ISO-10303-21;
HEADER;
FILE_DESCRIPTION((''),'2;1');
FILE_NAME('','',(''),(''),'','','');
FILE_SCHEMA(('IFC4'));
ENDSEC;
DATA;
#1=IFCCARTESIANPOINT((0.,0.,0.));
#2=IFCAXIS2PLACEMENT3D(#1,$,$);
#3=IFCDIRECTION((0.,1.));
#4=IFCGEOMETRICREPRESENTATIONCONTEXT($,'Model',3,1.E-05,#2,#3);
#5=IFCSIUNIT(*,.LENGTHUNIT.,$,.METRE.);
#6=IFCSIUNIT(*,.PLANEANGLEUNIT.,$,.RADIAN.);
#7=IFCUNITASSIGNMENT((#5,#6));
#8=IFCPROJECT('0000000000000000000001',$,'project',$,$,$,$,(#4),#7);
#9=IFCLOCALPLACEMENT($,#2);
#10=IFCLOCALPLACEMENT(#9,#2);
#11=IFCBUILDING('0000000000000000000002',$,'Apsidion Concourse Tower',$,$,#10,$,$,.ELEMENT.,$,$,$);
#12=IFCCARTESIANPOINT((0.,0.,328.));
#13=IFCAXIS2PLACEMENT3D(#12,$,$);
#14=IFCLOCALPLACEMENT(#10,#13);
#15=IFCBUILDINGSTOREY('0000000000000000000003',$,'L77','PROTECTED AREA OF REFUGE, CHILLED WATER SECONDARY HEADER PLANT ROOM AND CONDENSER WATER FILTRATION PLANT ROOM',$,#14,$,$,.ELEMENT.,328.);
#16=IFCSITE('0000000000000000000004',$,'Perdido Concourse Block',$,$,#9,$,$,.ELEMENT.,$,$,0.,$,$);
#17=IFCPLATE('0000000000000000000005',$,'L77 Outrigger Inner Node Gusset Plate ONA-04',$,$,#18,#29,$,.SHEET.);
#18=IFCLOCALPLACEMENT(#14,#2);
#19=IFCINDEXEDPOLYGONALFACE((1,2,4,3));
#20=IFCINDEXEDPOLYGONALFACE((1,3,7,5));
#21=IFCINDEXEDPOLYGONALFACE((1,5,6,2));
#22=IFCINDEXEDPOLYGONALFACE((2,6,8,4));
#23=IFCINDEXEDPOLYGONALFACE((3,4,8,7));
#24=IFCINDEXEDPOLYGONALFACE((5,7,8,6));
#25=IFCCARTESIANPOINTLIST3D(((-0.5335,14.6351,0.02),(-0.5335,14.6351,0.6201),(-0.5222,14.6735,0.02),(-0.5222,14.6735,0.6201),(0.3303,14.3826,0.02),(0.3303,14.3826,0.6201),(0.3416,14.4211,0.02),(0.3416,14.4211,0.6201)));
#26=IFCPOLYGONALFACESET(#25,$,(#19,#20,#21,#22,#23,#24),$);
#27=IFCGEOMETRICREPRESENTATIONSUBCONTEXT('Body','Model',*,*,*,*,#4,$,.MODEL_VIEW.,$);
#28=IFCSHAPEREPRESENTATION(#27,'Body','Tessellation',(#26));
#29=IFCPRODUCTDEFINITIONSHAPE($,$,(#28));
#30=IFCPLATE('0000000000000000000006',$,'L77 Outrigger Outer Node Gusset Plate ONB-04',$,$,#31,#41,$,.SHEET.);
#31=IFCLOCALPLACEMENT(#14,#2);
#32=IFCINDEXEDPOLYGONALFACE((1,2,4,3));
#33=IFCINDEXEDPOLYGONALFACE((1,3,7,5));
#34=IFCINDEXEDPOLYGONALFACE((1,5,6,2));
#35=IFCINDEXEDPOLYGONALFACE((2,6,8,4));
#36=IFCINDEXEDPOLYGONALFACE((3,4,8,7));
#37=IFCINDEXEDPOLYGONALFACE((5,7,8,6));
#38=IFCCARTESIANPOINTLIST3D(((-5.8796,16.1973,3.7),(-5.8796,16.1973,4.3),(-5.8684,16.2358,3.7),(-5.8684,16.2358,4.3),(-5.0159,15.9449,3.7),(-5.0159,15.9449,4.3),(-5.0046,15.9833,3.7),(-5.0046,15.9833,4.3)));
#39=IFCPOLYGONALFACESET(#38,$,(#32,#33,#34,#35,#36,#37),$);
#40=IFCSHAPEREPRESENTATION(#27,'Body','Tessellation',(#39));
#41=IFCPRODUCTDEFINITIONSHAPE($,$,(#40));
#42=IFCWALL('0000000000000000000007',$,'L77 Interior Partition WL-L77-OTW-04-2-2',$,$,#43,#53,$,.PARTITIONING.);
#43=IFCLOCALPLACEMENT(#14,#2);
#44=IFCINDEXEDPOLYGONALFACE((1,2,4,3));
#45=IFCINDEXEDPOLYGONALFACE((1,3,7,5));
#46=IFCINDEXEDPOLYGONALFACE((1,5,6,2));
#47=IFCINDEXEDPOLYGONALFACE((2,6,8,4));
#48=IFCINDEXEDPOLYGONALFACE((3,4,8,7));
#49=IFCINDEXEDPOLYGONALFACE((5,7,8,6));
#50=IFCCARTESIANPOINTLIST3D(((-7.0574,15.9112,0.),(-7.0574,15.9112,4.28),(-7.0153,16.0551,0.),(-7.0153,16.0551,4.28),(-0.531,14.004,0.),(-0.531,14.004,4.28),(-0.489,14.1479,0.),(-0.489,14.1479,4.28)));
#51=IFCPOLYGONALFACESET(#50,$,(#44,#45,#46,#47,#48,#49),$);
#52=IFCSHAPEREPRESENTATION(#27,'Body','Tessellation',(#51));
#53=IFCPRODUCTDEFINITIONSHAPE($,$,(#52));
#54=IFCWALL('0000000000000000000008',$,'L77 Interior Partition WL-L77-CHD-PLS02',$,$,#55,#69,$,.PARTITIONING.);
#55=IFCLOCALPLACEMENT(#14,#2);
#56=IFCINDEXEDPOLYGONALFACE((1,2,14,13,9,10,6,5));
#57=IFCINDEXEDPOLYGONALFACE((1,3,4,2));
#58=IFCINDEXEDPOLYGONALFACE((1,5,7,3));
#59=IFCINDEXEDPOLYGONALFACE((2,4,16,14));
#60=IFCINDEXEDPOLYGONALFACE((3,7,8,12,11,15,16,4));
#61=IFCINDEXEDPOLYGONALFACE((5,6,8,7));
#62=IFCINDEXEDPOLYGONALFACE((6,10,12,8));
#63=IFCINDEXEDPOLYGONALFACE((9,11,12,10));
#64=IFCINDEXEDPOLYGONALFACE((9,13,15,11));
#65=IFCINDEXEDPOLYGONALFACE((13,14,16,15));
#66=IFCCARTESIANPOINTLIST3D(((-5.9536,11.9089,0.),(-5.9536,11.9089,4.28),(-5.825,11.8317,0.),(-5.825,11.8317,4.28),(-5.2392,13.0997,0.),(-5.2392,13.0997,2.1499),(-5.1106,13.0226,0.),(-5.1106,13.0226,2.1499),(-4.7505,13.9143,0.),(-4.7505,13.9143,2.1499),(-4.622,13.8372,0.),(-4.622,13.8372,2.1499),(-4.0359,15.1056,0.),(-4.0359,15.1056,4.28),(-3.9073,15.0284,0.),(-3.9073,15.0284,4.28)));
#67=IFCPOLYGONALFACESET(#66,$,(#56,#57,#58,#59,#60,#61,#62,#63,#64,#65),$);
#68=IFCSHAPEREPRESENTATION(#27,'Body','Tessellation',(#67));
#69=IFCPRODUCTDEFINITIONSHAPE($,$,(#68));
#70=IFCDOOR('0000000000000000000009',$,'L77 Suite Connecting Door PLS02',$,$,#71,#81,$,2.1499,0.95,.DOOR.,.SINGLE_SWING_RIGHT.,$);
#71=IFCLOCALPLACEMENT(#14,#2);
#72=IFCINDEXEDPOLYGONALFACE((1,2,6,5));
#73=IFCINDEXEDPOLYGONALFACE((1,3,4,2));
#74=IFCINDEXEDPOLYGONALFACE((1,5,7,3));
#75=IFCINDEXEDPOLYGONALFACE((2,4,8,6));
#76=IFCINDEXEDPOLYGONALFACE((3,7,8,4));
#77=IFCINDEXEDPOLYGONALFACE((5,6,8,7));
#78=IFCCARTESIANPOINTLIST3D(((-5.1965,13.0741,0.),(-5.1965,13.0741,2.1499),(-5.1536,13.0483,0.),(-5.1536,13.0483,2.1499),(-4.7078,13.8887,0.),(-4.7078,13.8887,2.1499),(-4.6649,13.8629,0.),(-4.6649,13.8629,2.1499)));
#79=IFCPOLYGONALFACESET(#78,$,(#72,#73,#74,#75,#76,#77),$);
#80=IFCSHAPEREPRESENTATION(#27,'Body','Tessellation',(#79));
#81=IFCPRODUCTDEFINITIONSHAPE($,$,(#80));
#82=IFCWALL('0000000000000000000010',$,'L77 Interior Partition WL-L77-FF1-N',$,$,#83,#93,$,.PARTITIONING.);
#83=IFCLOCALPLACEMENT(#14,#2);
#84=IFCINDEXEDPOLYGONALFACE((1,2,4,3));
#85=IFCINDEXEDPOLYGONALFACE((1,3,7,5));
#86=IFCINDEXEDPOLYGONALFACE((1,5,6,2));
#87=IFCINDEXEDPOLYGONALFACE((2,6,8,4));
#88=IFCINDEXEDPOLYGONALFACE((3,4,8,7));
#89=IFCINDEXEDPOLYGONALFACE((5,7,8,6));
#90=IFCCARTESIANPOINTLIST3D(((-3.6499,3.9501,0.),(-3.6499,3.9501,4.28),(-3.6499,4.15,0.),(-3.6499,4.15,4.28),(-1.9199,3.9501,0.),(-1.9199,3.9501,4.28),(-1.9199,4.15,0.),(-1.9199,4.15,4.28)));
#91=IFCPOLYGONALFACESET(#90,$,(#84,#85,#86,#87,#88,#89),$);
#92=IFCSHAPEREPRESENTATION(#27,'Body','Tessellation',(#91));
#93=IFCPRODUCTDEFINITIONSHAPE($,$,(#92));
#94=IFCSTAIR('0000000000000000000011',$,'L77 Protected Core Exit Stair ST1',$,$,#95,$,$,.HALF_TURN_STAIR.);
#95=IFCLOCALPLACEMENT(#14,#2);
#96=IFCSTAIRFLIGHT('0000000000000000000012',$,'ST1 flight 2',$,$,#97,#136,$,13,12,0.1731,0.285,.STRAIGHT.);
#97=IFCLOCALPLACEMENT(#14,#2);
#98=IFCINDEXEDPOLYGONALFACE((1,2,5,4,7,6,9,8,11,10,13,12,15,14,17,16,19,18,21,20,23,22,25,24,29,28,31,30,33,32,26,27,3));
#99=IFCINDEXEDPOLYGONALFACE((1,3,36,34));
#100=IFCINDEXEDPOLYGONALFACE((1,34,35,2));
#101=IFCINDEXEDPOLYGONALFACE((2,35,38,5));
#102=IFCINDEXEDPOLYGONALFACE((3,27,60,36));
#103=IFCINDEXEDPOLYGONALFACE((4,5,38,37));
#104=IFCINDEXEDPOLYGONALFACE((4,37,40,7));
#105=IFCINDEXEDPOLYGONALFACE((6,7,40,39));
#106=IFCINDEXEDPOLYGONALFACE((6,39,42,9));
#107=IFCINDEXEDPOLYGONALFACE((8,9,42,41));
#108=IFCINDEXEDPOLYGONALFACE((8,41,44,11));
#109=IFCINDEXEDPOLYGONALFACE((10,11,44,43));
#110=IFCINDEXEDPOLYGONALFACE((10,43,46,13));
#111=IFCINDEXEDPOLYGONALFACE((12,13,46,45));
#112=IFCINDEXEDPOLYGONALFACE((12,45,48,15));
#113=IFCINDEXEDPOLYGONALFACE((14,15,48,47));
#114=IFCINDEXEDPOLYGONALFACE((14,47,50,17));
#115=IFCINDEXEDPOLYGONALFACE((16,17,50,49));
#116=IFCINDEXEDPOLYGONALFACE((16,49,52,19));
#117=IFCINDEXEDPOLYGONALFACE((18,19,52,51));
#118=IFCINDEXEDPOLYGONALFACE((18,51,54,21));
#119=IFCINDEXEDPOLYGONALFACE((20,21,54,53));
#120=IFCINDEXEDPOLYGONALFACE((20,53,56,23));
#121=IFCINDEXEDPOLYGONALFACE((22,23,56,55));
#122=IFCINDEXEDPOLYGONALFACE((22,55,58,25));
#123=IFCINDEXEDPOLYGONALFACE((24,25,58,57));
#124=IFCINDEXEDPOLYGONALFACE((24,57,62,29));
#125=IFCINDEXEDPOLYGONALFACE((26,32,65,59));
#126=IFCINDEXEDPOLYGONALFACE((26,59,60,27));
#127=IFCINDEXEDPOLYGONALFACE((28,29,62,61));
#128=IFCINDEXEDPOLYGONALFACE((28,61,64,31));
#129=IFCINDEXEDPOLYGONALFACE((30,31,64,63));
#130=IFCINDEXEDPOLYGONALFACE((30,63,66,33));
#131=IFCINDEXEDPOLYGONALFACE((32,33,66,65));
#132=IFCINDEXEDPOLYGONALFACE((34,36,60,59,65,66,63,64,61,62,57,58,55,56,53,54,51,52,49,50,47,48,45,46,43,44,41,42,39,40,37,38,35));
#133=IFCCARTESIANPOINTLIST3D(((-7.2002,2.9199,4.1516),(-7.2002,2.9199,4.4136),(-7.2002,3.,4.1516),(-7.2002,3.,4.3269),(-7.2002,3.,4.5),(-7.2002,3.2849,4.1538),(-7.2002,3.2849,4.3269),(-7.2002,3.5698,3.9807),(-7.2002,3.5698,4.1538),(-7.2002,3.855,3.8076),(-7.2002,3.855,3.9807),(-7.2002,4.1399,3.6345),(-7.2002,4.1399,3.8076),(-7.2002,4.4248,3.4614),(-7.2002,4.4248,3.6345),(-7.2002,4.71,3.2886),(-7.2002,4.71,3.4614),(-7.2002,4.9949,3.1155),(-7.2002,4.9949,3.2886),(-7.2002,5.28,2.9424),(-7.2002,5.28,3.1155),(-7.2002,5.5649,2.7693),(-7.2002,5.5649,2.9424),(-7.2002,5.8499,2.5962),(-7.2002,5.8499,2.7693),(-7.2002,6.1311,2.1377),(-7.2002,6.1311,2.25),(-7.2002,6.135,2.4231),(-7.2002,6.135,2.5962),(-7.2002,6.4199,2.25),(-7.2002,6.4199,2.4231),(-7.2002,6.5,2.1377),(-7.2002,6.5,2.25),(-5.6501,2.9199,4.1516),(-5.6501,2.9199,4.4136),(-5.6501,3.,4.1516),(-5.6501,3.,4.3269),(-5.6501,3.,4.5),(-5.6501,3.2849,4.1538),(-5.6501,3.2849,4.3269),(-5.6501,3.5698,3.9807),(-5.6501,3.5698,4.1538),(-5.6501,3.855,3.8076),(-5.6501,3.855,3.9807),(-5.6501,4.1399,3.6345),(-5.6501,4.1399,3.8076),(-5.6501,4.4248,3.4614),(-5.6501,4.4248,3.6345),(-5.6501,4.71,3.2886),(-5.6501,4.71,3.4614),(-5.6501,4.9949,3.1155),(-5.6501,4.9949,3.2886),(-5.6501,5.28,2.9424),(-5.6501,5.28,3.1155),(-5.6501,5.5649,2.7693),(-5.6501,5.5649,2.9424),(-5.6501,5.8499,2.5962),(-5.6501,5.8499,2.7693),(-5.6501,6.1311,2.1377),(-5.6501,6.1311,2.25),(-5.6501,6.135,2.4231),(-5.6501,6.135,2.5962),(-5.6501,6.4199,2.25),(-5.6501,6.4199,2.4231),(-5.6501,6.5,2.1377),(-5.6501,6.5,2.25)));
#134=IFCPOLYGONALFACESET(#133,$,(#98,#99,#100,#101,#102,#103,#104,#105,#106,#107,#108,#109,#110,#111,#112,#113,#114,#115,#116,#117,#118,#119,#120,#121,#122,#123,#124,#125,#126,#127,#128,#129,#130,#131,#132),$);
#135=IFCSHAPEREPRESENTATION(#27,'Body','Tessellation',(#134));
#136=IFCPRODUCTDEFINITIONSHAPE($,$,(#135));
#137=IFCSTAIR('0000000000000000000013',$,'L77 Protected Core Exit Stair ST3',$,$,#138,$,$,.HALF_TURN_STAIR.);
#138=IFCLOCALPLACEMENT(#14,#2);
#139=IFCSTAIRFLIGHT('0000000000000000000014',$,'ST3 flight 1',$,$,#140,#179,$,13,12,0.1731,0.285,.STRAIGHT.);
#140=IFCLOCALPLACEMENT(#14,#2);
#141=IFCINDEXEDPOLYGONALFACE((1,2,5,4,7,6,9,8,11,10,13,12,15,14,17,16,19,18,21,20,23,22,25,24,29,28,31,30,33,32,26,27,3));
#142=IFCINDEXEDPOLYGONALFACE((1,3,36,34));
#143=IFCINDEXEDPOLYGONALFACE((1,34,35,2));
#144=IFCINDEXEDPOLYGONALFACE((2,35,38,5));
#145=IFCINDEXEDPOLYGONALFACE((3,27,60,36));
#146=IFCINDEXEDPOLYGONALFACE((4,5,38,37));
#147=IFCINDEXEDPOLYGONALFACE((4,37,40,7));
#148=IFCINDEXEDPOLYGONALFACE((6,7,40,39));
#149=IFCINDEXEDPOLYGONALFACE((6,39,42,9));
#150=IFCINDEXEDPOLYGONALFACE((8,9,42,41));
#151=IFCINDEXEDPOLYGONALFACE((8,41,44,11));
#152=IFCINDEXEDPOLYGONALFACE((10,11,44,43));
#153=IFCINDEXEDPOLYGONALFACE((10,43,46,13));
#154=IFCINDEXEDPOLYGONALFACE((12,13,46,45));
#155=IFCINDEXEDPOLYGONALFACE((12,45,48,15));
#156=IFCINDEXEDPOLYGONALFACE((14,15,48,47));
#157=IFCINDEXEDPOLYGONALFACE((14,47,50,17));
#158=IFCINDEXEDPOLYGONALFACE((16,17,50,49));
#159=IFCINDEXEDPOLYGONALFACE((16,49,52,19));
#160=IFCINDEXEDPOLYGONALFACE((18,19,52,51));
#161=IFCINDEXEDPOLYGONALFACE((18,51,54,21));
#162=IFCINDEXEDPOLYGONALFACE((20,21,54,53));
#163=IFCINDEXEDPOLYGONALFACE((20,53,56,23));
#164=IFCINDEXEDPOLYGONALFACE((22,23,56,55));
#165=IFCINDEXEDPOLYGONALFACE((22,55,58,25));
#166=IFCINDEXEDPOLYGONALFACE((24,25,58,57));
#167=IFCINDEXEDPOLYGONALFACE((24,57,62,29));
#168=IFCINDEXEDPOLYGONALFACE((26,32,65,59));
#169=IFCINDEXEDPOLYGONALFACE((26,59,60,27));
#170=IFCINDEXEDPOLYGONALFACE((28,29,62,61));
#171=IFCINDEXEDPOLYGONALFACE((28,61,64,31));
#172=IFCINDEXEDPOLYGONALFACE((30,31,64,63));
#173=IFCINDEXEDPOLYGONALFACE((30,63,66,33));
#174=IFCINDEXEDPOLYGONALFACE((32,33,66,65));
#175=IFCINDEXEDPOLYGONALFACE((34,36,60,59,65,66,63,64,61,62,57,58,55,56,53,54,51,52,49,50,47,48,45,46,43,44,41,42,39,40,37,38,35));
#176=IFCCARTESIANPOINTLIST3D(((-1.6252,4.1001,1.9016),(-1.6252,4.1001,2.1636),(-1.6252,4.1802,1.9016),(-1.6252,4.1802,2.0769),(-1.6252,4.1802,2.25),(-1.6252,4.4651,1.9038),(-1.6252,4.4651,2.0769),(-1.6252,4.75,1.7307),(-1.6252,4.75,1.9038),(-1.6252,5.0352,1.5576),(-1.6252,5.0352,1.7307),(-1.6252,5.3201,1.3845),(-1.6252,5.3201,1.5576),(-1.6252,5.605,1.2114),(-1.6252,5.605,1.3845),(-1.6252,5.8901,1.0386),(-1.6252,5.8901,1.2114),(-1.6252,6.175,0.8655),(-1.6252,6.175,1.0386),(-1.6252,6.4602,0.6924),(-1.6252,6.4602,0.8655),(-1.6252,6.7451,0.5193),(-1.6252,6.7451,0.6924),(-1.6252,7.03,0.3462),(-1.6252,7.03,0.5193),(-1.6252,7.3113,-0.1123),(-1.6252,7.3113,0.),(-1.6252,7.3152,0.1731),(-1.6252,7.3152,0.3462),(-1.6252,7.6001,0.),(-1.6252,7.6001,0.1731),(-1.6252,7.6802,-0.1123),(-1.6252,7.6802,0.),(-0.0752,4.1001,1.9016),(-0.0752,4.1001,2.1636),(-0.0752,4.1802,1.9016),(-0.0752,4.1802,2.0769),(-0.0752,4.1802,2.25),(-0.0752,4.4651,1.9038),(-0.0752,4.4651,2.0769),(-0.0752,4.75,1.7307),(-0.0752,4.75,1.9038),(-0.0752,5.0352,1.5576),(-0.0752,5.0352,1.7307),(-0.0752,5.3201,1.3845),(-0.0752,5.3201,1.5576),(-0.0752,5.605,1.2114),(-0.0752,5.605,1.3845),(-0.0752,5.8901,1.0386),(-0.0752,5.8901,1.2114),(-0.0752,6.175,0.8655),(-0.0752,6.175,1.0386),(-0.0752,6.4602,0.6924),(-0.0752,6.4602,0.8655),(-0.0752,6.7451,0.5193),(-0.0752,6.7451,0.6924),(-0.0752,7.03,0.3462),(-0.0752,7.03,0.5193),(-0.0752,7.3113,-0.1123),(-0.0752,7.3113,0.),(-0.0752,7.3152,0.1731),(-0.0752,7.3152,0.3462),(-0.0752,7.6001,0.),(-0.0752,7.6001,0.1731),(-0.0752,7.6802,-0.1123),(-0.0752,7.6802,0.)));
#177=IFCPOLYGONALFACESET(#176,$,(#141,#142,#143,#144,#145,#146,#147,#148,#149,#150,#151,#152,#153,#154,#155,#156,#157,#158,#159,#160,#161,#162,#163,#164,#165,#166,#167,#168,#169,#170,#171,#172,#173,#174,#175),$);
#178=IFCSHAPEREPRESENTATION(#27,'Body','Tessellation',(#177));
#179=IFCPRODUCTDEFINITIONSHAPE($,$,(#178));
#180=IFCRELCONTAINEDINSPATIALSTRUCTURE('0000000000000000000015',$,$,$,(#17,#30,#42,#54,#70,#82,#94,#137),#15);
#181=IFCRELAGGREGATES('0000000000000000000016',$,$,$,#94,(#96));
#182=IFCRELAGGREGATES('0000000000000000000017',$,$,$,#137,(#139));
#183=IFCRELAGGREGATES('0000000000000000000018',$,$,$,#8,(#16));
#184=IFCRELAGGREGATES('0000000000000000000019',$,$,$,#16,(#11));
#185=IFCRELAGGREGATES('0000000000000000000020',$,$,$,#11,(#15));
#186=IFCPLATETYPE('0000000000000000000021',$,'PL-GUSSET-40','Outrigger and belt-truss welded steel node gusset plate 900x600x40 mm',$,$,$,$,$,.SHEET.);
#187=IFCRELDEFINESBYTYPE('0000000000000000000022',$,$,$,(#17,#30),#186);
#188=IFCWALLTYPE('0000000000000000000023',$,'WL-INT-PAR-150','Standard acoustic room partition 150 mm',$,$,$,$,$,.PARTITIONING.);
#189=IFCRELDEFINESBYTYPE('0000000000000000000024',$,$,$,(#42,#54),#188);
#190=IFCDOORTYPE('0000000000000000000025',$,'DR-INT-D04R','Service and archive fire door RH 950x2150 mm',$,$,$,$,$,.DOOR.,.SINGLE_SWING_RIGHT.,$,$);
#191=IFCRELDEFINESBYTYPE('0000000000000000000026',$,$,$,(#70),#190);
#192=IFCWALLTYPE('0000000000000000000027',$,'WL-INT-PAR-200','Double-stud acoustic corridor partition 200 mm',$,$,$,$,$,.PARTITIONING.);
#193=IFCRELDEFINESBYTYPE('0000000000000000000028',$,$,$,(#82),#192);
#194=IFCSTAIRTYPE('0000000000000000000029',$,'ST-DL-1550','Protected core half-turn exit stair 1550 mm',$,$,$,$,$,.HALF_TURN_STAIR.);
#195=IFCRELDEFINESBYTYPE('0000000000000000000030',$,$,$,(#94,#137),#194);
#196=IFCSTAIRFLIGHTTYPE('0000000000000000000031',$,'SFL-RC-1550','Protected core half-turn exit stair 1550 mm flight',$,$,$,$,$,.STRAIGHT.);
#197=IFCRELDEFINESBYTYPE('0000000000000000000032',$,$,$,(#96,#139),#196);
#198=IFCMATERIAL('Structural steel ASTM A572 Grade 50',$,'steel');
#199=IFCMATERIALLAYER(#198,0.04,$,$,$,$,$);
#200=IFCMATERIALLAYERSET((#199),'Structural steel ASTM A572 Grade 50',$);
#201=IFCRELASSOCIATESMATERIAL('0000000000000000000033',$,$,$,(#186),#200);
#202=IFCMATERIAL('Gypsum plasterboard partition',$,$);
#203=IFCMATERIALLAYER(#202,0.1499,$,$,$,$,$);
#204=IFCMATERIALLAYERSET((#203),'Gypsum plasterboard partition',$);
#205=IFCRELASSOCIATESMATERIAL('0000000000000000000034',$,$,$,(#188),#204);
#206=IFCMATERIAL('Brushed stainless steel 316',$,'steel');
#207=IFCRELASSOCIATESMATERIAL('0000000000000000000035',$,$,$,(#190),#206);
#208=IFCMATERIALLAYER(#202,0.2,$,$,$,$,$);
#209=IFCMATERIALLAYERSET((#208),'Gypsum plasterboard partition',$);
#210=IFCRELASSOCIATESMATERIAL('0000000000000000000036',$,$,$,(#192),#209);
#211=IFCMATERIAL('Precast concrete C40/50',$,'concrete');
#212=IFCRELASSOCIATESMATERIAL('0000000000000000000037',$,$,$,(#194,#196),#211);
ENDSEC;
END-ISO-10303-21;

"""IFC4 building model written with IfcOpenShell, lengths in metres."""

from ifc_helpers import new_model, si_unit, direction, frame, frame_2d, origin, origin_2d, place, context, subcontext, project, spatial, polyline, rectangle, outline, extrude, material, layer, layer_set, type_object, element, fill, aggregate, save


model = new_model("IFC4")

# Units and contexts
model_context = context("Model", 3, precision=1e-05, world=origin(), true_north=direction((0.0, 1.0)))
body_context = subcontext(model_context, "Body", "Model", "MODEL_VIEW")
ifc_project = project(units=[si_unit("LENGTHUNIT", "METRE"), si_unit("PLANEANGLEUNIT", "RADIAN")], contexts=[model_context])

# Site, building, storey
site_placement = place(None, origin())
site = spatial("IfcSite", under=ifc_project, at=site_placement, Name="Perdido Concourse Block", CompositionType="ELEMENT", RefElevation=0.0)
building_placement = place(site_placement, origin())
building = spatial("IfcBuilding", under=site, at=building_placement, Name="Apsidion Concourse Tower", CompositionType="ELEMENT")
storey_placement = place(building_placement, frame((0.0, 0.0, 328.0)))
storey = spatial("IfcBuildingStorey", under=building, at=storey_placement, Name="L77", Description="PROTECTED AREA OF REFUGE, CHILLED WATER SECONDARY HEADER PLANT ROOM AND CONDENSER WATER FILTRATION PLANT ROOM", CompositionType="ELEMENT", Elevation=328.0)

# Plates
ifc_material_1 = material(Name="Structural steel ASTM A572 Grade 50", Category="steel")
ifc_layer_1 = layer(ifc_material_1, 0.04)
ifc_layer_set_1 = layer_set([ifc_layer_1], Name="Structural steel ASTM A572 Grade 50")
plate_type_1 = type_object("IfcPlateType", Name="PL-GUSSET-40", Description="Outrigger and belt-truss welded steel node gusset plate 900x600x40 mm", PredefinedType="SHEET", material=ifc_layer_set_1)
for number, where, z_axis, x_axis, name in (
    (1, (-0.0959, 14.5281, 0.02), (0.0, 0.0, 1.0), (-0.959854, 0.280499, 0.0), "L77 Outrigger Inner Node Gusset Plate ONA-04"),
    (2, (-5.4421, 16.0903, 3.7), (0.0, 0.0, 1.0), (-0.959854, 0.280499, 0.0), "L77 Outrigger Outer Node Gusset Plate ONB-04"),
):
    element("IfcPlate", number, at=place(storey_placement, frame(where, z_axis=z_axis, x_axis=x_axis)), inside=storey, type_object=plate_type_1, Name=name, PredefinedType="SHEET", context=body_context, shape_type="SweptSolid", body=[
        extrude(rectangle(XDim=0.8999, YDim=0.04, at=origin_2d()), origin(), (0.0, 0.0, 1.0), 0.6001),
    ])

# Wall
ifc_material_2 = material(Name="Gypsum plasterboard partition")
ifc_layer_2 = layer(ifc_material_2, 0.1499)
ifc_layer_set_2 = layer_set([ifc_layer_2], Name="Gypsum plasterboard partition")
wall_type_1 = type_object("IfcWallType", Name="WL-INT-PAR-150", Description="Standard acoustic room partition 150 mm", PredefinedType="PARTITIONING", material=ifc_layer_set_2)
wall_1_placement = place(storey_placement, frame((-0.51, 14.0759, 0.0), z_axis=(0.0, 0.0, 1.0), x_axis=(-0.959853, 0.280502, 0.0)))
element("IfcWall", 3, at=wall_1_placement, inside=storey, type_object=wall_type_1, Name="L77 Interior Partition WL-L77-OTW-04-2-2", PredefinedType="PARTITIONING", context=body_context, shape_type="SweptSolid", body=[
    extrude(rectangle(XDim=6.7993, YDim=0.1499, at=frame_2d((3.3997, 0.0))), origin(), (0.0, 0.0, 1.0), 4.28),
])

# Wall, opening, door
wall_2_placement = place(storey_placement, frame((-3.9717, 15.0669, 0.0), z_axis=(0.0, 0.0, 1.0), x_axis=(-0.514428, -0.857533, 0.0)))
wall_2 = element("IfcWall", 4, at=wall_2_placement, inside=storey, type_object=wall_type_1, Name="L77 Interior Partition WL-L77-CHD-PLS02", PredefinedType="PARTITIONING", context=body_context, shape_type="SweptSolid", body=[
    extrude(rectangle(XDim=3.7278, YDim=0.1499, at=frame_2d((1.8638, 0.0))), origin(), (0.0, 0.0, 1.0), 4.28),
])
opening_1_placement = place(wall_2_placement, frame((1.3889, 0.0, 0.0)))
opening_1 = element("IfcOpeningElement", 5, at=opening_1_placement, cuts=wall_2, PredefinedType="OPENING", context=body_context, shape_type="SweptSolid", body=[
    extrude(rectangle(XDim=0.95, YDim=2.1499, at=frame_2d((0.4751, 1.075))), frame((0.0, 0.085, 0.0), z_axis=(0.0, -1.0, 0.0), x_axis=(1.0, 0.0, 0.0)), (0.0, 0.0, 1.0), 0.1699),
])
ifc_material_3 = material(Name="Brushed stainless steel 316", Category="steel")
door_type_1 = type_object("IfcDoorType", Name="DR-INT-D04R", Description="Service and archive fire door RH 950x2150 mm", OperationType="SINGLE_SWING_RIGHT", PredefinedType="DOOR", material=ifc_material_3)
door_1_placement = place(opening_1_placement, origin())
door_1 = element("IfcDoor", 6, at=door_1_placement, inside=storey, type_object=door_type_1, Name="L77 Suite Connecting Door PLS02", OperationType="SINGLE_SWING_RIGHT", OverallHeight=2.1499, OverallWidth=0.95, PredefinedType="DOOR", context=body_context, shape_type="SweptSolid", body=[
    extrude(rectangle(XDim=0.95, YDim=2.1499, at=frame_2d((0.4751, 1.075))), frame((0.0, 0.0249, 0.0), z_axis=(0.0, -1.0, 0.0), x_axis=(1.0, 0.0, 0.0)), (0.0, 0.0, 1.0), 0.05),
])
fill(opening_1, door_1)

# Wall
ifc_layer_3 = layer(ifc_material_2, 0.2)
ifc_layer_set_3 = layer_set([ifc_layer_3], Name="Gypsum plasterboard partition")
wall_type_2 = type_object("IfcWallType", Name="WL-INT-PAR-200", Description="Double-stud acoustic corridor partition 200 mm", PredefinedType="PARTITIONING", material=ifc_layer_set_3)
wall_3_placement = place(storey_placement, frame((-3.6499, 4.05, 0.0), z_axis=(0.0, 0.0, 1.0), x_axis=(1.0, 0.0, 0.0)))
element("IfcWall", 7, at=wall_3_placement, inside=storey, type_object=wall_type_2, Name="L77 Interior Partition WL-L77-FF1-N", PredefinedType="PARTITIONING", context=body_context, shape_type="SweptSolid", body=[
    extrude(rectangle(XDim=1.73, YDim=0.2, at=frame_2d((0.865, 0.0))), origin(), (0.0, 0.0, 1.0), 4.28),
])

# Stairs, stair flights
ifc_material_4 = material(Name="Precast concrete C40/50", Category="concrete")
stair_type = type_object("IfcStairType", Name="ST-DL-1550", Description="Protected core half-turn exit stair 1550 mm", PredefinedType="HALF_TURN_STAIR", material=ifc_material_4)
stair_1_placement = place(storey_placement, origin())
stair_1 = element("IfcStair", 8, at=stair_1_placement, inside=storey, type_object=stair_type, Name="L77 Protected Core Exit Stair ST1", PredefinedType="HALF_TURN_STAIR")
stair_flight_type = type_object("IfcStairFlightType", Name="SFL-RC-1550", Description="Protected core half-turn exit stair 1550 mm flight", PredefinedType="STRAIGHT", material=ifc_material_4)
stair_flight_1_placement = place(storey_placement, frame((-6.425, 6.4199, 2.25), z_axis=(0.0, 0.0, 1.0), x_axis=(0.0, -1.0, 0.0)))
stair_flight_1 = element("IfcStairFlight", 9, at=stair_flight_1_placement, type_object=stair_flight_type, Name="ST1 flight 2", NumberOfRisers=13, NumberOfTreads=12, PredefinedType="STRAIGHT", RiserHeight=0.1731, TreadLength=0.285, context=body_context, shape_type="SweptSolid", body=[
    extrude(outline(polyline([(-0.0801, -0.1123), (-0.0801, 0.0), (0.0, 0.0), (0.0, 0.1731), (0.2849, 0.1731), (0.2849, 0.3462), (0.5701, 0.3462), (0.5701, 0.5193), (0.855, 0.5193), (0.855, 0.6924), (1.1399, 0.6924), (1.1399, 0.8655), (1.425, 0.8655), (1.425, 1.0386), (1.71, 1.0386), (1.71, 1.2114), (1.9951, 1.2114), (1.9951, 1.3845), (2.28, 1.3845), (2.28, 1.5576), (2.5649, 1.5576), (2.5649, 1.7307), (2.8501, 1.7307), (2.8501, 1.9038), (3.135, 1.9038), (3.135, 2.0769), (3.4199, 2.0769), (3.4199, 2.25), (3.5, 2.1636), (3.5, 1.9016), (3.4199, 1.9016), (0.2888, 0.0), (0.2888, -0.1123), (-0.0801, -0.1123)])), frame((0.0, 0.7749, 0.0), z_axis=(0.0, -1.0, 0.0), x_axis=(1.0, 0.0, 0.0)), (0.0, 0.0, 1.0), 1.55),
])
aggregate(stair_1, [stair_flight_1])
stair_2_placement = place(storey_placement, origin())
stair_2 = element("IfcStair", 10, at=stair_2_placement, inside=storey, type_object=stair_type, Name="L77 Protected Core Exit Stair ST3", PredefinedType="HALF_TURN_STAIR")
stair_flight_2_placement = place(storey_placement, frame((-0.8501, 7.6001, 0.0), z_axis=(0.0, 0.0, 1.0), x_axis=(0.0, -1.0, 0.0)))
stair_flight_2 = element("IfcStairFlight", 11, at=stair_flight_2_placement, type_object=stair_flight_type, Name="ST3 flight 1", NumberOfRisers=13, NumberOfTreads=12, PredefinedType="STRAIGHT", RiserHeight=0.1731, TreadLength=0.285, context=body_context, shape_type="SweptSolid", body=[
    extrude(outline(polyline([(-0.0801, -0.1123), (-0.0801, 0.0), (0.0, 0.0), (0.0, 0.1731), (0.2849, 0.1731), (0.2849, 0.3462), (0.5701, 0.3462), (0.5701, 0.5193), (0.855, 0.5193), (0.855, 0.6924), (1.1399, 0.6924), (1.1399, 0.8655), (1.425, 0.8655), (1.425, 1.0386), (1.71, 1.0386), (1.71, 1.2114), (1.9951, 1.2114), (1.9951, 1.3845), (2.28, 1.3845), (2.28, 1.5576), (2.5649, 1.5576), (2.5649, 1.7307), (2.8501, 1.7307), (2.8501, 1.9038), (3.135, 1.9038), (3.135, 2.0769), (3.4199, 2.0769), (3.4199, 2.25), (3.5, 2.1636), (3.5, 1.9016), (3.4199, 1.9016), (0.2888, 0.0), (0.2888, -0.1123), (-0.0801, -0.1123)])), frame((0.0, 0.7749, 0.0), z_axis=(0.0, -1.0, 0.0), x_axis=(1.0, 0.0, 0.0)), (0.0, 0.0, 1.0), 1.55),
])
aggregate(stair_2, [stair_flight_2])

save(model, "model.ifc")
